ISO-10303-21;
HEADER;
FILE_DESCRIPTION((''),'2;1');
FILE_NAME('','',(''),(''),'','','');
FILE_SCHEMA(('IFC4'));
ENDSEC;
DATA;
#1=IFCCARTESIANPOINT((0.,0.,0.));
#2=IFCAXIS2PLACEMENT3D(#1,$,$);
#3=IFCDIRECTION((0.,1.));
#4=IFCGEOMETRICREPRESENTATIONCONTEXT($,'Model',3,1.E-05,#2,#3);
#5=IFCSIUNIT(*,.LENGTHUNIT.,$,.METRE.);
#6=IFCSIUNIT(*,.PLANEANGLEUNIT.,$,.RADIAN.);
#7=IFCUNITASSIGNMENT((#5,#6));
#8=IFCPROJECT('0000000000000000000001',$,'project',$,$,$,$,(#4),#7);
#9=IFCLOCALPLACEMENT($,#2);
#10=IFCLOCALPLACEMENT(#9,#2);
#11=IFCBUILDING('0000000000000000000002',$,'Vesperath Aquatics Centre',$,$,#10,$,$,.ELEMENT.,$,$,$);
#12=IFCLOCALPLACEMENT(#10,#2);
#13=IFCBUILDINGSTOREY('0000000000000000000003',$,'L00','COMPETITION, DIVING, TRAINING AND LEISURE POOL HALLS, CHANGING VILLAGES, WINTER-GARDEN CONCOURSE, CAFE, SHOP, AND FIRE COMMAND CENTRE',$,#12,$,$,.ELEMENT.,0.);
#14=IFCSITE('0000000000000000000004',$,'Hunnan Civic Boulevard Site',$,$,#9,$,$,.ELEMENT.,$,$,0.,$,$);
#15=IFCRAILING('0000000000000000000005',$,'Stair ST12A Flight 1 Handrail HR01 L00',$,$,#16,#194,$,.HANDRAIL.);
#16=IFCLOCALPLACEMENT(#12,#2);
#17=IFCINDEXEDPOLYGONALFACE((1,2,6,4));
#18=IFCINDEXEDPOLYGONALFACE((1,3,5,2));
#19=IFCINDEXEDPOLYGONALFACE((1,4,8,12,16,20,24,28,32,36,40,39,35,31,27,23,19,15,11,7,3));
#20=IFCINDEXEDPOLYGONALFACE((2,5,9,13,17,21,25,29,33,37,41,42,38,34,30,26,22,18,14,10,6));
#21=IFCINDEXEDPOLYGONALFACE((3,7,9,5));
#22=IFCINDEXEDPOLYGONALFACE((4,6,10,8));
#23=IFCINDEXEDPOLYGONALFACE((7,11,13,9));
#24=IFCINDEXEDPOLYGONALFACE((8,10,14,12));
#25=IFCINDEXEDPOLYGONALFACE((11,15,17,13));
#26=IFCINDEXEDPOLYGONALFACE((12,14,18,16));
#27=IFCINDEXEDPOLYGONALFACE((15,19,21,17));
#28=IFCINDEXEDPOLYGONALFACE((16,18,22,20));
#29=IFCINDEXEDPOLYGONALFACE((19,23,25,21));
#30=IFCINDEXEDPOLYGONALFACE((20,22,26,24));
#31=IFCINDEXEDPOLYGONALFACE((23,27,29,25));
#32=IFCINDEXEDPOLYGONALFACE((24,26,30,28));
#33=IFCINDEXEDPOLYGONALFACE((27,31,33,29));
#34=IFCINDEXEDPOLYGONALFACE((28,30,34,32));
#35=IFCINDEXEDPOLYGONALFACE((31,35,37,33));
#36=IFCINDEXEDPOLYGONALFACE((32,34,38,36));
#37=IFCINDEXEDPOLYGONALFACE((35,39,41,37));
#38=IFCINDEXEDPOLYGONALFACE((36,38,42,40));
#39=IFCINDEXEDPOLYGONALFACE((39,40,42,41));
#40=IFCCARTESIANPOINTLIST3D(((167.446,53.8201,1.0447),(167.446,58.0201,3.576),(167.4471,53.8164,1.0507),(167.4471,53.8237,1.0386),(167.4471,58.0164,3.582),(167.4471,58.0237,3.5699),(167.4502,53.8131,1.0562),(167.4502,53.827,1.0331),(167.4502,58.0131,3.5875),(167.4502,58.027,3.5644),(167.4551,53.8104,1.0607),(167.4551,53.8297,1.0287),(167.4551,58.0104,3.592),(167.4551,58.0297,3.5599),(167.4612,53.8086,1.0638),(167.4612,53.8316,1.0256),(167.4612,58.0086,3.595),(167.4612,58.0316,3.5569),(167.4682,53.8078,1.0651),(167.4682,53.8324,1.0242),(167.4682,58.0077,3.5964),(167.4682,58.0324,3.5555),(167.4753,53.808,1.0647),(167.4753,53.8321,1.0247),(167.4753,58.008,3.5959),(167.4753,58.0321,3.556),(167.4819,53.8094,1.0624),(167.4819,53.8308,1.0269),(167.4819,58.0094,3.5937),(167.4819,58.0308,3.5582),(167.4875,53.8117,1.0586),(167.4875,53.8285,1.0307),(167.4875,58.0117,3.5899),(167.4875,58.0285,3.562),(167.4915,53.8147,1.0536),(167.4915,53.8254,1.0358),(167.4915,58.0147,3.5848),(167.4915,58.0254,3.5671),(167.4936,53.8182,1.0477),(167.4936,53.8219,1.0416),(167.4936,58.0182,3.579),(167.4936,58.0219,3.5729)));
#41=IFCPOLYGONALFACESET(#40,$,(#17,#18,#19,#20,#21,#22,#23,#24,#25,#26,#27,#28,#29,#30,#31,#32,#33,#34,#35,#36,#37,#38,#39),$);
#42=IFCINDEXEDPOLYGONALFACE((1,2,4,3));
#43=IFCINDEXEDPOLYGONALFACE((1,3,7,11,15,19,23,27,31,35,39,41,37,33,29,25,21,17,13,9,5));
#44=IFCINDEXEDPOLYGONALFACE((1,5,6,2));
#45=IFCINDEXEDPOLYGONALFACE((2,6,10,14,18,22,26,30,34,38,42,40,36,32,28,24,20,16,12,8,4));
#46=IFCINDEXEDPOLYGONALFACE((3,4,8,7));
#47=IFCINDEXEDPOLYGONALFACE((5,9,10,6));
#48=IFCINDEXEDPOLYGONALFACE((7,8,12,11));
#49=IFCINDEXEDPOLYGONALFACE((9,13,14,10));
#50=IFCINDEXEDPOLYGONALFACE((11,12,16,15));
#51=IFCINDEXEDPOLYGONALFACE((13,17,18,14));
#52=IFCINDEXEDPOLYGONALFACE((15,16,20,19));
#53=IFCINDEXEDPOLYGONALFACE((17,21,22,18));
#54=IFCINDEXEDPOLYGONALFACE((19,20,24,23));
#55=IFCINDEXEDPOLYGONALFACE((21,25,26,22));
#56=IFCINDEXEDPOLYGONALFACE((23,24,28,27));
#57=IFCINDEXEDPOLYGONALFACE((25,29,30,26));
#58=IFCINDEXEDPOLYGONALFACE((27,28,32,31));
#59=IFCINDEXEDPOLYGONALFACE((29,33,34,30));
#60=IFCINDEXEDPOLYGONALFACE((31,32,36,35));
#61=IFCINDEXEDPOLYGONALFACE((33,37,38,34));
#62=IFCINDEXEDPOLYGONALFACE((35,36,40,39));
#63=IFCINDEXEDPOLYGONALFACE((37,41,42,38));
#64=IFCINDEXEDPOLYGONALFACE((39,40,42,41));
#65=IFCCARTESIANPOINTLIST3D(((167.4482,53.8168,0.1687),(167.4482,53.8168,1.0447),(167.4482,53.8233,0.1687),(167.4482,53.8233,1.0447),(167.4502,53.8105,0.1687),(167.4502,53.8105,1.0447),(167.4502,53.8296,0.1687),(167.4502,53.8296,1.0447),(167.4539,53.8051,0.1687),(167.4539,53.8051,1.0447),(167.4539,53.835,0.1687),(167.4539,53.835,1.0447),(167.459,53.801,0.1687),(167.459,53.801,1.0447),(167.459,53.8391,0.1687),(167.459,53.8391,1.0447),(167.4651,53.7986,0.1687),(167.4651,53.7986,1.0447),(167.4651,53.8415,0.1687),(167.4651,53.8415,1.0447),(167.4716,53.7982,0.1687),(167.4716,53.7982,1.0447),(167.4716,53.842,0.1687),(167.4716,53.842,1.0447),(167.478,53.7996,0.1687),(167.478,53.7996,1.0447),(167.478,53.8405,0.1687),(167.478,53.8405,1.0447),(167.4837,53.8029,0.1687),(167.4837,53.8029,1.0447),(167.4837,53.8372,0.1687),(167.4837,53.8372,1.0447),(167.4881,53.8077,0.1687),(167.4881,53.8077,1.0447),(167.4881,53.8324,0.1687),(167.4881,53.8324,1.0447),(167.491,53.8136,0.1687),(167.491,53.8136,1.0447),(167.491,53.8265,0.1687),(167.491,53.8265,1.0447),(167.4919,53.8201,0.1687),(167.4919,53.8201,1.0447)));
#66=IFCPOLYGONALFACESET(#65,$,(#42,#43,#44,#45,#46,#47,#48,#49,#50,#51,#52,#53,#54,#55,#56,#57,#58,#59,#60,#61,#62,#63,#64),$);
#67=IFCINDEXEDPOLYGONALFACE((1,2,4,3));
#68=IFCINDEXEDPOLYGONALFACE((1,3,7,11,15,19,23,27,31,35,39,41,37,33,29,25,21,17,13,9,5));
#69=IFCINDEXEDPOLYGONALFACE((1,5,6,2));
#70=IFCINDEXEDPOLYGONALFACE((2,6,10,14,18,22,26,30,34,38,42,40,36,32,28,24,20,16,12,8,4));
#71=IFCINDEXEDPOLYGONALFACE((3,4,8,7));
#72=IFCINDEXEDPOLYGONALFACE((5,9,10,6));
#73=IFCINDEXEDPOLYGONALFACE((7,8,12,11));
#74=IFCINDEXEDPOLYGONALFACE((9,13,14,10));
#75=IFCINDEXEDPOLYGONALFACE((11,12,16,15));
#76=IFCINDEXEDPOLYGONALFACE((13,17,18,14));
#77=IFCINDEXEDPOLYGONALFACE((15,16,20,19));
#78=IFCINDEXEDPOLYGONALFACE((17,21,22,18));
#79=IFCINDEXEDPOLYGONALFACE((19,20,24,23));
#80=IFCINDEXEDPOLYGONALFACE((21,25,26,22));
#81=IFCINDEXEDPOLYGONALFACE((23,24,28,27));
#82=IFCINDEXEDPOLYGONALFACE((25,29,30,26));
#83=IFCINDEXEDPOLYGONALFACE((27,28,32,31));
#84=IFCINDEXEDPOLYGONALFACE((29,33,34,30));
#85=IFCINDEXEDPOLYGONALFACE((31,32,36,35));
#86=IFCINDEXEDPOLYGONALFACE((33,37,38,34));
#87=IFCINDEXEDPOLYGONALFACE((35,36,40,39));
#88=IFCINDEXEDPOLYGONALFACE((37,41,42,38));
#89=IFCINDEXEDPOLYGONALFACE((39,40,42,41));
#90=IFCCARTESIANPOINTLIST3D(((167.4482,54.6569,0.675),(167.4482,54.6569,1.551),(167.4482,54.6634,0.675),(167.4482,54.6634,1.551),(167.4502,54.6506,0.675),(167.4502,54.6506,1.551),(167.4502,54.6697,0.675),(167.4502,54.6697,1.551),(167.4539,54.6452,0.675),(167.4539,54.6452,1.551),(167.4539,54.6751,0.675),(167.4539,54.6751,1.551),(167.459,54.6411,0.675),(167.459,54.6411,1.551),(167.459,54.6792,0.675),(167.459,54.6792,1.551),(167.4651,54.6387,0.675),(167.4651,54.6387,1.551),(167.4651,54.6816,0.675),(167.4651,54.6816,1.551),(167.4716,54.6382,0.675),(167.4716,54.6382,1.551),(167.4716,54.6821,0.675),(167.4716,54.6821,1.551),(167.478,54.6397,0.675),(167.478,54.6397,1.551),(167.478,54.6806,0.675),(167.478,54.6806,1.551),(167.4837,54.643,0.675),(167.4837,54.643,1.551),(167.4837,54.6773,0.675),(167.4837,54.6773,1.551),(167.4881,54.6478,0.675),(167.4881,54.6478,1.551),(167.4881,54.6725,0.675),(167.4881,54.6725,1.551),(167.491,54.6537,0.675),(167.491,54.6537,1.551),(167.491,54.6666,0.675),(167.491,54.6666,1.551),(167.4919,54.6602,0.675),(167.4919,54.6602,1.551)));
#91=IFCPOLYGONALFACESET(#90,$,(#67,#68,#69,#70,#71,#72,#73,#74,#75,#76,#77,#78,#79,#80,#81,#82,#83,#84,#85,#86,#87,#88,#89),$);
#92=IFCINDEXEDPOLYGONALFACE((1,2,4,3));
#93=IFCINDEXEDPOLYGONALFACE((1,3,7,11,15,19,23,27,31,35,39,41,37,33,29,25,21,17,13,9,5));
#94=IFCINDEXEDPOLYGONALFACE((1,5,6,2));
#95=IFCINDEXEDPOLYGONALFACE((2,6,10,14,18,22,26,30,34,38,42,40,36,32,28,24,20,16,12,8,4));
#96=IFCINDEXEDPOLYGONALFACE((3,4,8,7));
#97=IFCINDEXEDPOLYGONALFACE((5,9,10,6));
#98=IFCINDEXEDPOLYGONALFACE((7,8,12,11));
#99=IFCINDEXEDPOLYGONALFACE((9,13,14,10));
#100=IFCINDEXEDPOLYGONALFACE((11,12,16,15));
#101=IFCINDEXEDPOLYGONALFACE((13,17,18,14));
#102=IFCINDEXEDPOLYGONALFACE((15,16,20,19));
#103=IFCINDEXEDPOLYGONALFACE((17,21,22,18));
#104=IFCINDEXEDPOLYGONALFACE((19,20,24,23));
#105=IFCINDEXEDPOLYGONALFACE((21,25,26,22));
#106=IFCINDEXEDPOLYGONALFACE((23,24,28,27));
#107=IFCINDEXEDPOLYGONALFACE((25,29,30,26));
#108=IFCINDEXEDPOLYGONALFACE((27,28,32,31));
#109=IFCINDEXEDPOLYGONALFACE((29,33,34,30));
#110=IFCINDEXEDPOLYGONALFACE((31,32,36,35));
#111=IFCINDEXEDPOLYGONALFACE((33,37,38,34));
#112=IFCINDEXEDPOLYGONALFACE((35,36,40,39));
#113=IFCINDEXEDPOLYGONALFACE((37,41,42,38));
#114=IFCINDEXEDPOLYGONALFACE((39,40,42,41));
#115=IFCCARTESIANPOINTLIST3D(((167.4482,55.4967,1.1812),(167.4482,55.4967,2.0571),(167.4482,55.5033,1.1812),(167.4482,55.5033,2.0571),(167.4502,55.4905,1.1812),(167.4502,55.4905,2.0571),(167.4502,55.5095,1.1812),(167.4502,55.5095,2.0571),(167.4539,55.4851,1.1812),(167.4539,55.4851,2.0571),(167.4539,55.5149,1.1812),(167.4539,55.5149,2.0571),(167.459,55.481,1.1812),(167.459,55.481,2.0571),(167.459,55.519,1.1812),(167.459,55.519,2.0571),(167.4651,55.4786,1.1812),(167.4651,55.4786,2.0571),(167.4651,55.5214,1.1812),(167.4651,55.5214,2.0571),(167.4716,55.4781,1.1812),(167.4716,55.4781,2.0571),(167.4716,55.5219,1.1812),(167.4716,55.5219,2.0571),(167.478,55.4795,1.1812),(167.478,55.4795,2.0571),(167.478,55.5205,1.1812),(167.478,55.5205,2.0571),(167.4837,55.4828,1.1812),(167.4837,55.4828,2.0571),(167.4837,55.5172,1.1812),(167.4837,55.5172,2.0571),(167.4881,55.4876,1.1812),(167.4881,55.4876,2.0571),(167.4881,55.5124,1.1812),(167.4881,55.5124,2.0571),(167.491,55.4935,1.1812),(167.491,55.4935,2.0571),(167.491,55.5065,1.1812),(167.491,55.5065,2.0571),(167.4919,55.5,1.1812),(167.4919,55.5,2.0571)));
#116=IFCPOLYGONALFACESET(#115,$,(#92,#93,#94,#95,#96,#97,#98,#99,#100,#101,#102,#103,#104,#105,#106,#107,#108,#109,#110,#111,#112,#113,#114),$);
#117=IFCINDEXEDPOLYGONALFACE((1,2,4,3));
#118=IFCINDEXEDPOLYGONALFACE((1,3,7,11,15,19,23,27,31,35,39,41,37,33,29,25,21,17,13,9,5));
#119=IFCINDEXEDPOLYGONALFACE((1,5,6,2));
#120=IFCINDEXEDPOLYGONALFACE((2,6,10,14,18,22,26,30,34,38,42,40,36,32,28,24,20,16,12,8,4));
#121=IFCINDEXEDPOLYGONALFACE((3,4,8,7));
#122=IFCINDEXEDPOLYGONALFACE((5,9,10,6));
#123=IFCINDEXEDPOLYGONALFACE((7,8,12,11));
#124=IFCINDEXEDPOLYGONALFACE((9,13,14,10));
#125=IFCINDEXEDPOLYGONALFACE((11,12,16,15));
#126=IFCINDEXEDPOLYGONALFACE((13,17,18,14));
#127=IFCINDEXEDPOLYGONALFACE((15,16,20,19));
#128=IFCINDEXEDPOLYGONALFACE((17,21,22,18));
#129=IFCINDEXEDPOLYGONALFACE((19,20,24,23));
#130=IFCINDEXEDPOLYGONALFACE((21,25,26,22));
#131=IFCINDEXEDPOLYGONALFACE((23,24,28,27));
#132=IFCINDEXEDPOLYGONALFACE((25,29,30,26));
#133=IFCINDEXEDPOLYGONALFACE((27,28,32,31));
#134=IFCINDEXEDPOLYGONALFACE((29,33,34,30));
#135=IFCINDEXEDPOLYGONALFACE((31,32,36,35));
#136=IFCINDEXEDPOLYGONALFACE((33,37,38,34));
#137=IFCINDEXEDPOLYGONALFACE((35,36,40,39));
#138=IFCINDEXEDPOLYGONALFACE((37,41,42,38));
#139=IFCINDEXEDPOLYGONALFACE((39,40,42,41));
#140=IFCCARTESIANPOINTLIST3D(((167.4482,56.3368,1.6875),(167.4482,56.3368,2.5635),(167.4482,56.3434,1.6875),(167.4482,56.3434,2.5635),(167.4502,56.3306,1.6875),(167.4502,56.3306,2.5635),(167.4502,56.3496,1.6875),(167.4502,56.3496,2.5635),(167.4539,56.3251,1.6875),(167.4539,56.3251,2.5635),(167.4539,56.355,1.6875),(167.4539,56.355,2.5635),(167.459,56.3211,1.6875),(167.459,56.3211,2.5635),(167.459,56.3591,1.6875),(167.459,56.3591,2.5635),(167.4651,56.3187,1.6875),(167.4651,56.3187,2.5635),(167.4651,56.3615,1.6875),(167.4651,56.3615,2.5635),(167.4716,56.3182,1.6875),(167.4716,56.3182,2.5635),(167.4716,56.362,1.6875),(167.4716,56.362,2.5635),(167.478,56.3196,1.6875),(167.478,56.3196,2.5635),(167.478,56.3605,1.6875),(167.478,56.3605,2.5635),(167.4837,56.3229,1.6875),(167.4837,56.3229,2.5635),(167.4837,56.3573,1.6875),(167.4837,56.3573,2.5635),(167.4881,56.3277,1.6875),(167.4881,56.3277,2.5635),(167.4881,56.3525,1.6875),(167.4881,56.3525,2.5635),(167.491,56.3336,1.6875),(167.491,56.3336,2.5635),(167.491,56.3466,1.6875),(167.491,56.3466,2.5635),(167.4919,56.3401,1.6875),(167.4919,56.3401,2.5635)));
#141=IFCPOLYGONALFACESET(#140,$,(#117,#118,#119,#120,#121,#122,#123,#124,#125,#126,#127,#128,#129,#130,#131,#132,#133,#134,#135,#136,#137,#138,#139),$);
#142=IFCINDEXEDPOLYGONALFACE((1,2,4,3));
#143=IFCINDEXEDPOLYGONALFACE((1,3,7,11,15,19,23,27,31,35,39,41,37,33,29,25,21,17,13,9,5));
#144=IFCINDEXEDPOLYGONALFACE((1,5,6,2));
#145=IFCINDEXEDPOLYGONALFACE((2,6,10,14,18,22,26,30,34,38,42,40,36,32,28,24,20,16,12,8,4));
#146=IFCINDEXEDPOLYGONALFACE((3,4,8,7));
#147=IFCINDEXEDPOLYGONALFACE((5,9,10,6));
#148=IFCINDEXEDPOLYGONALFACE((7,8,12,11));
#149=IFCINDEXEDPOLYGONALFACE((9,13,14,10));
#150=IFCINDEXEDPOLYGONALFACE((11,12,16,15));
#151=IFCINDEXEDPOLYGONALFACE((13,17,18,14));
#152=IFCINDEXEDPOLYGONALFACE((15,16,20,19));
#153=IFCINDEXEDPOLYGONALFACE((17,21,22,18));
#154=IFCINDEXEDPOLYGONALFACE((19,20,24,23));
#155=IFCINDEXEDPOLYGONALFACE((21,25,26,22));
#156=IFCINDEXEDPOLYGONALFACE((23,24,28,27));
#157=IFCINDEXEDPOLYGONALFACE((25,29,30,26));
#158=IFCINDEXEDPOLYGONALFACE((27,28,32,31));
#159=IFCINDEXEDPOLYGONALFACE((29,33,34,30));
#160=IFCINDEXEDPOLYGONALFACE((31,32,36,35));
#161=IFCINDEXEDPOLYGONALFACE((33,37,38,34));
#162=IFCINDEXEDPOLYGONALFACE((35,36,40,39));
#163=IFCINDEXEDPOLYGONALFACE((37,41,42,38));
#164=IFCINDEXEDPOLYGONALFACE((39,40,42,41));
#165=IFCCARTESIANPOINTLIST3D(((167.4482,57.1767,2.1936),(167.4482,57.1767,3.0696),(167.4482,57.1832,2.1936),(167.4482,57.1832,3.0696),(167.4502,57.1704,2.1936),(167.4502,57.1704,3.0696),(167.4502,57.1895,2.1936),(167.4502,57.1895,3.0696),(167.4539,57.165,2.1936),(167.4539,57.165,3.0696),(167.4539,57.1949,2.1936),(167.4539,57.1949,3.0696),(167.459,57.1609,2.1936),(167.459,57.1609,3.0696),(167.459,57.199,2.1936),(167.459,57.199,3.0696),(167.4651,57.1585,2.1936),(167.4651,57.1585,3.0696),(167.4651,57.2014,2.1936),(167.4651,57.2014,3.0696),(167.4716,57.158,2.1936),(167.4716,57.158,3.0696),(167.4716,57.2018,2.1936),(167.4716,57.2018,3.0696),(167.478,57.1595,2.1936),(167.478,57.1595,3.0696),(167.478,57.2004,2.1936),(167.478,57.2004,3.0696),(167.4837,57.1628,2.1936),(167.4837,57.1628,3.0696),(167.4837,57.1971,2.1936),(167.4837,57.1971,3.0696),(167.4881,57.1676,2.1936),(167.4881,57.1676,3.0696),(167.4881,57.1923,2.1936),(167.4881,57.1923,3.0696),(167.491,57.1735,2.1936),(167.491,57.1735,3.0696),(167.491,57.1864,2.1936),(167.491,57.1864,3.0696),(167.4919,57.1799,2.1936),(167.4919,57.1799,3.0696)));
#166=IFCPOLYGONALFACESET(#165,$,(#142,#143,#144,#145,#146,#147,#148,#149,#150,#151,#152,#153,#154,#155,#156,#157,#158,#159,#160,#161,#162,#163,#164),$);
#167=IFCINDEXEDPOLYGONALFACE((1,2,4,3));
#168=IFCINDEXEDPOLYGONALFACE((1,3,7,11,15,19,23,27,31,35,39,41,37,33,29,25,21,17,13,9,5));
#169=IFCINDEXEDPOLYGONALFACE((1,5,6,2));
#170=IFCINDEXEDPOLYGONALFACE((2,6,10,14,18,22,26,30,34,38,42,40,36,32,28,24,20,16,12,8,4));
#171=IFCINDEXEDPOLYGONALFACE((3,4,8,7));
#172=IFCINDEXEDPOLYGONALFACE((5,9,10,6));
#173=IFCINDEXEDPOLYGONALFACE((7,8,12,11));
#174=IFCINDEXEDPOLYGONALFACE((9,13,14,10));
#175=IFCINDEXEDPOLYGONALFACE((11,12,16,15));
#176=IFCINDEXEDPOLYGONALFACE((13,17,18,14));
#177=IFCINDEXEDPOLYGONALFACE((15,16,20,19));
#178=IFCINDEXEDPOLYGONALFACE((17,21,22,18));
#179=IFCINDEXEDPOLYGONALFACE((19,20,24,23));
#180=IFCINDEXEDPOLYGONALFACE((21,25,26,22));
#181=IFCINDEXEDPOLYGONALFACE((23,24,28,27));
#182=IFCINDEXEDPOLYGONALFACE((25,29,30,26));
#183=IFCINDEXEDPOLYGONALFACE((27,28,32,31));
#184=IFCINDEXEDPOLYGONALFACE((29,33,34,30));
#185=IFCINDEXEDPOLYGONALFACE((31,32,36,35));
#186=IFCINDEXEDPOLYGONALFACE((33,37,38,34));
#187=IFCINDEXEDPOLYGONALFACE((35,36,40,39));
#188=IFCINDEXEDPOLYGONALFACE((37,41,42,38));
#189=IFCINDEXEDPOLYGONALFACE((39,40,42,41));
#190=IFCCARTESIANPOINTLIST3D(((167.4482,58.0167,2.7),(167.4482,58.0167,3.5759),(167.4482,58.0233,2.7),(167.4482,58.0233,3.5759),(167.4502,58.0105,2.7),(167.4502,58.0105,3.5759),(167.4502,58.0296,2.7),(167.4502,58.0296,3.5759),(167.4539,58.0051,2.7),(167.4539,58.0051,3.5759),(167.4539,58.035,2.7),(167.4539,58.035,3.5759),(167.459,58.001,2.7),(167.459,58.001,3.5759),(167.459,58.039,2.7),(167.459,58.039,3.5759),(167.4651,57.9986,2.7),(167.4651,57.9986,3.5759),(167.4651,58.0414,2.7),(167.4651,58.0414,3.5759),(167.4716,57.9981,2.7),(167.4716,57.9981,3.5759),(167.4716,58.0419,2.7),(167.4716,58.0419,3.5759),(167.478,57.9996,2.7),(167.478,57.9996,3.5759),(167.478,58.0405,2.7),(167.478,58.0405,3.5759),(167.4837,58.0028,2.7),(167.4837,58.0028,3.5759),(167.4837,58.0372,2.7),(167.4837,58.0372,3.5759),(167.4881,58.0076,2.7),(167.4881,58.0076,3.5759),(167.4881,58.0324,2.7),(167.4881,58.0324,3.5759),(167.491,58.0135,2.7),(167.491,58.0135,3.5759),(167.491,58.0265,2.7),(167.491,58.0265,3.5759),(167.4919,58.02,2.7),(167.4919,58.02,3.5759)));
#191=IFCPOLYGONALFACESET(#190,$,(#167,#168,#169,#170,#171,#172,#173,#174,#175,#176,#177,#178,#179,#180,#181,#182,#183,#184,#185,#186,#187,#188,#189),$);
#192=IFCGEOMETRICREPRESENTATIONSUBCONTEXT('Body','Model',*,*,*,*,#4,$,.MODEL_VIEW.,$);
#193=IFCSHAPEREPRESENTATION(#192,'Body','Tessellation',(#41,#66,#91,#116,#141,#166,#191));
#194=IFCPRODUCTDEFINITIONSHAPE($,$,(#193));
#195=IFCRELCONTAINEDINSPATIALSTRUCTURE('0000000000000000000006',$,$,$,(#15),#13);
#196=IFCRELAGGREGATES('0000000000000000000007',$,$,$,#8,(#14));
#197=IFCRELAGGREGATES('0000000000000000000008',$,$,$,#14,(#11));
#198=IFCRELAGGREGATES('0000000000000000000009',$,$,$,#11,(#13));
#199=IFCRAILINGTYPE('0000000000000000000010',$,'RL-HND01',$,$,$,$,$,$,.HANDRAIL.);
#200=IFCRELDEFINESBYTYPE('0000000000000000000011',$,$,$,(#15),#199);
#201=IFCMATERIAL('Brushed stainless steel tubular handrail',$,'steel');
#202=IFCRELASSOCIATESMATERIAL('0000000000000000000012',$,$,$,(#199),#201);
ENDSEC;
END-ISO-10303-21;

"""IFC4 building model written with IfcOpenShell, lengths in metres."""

from ifc_helpers import new_model, si_unit, direction, frame, origin, origin_2d, place, context, subcontext, project, spatial, circle, extrude, material, type_object, element, save


model = new_model("IFC4")

# Units and contexts
model_context = context("Model", 3, precision=1e-05, world=origin(), true_north=direction((0.0, 1.0)))
body_context = subcontext(model_context, "Body", "Model", "MODEL_VIEW")
ifc_project = project(units=[si_unit("LENGTHUNIT", "METRE"), si_unit("PLANEANGLEUNIT", "RADIAN")], contexts=[model_context])

# Site, building, storey
site_placement = place(None, origin())
site = spatial("IfcSite", under=ifc_project, at=site_placement, Name="Hunnan Civic Boulevard Site", CompositionType="ELEMENT", RefElevation=0.0)
building_placement = place(site_placement, origin())
building = spatial("IfcBuilding", under=site, at=building_placement, Name="Vesperath Aquatics Centre", CompositionType="ELEMENT")
storey_placement = place(building_placement, origin())
storey = spatial("IfcBuildingStorey", under=building, at=storey_placement, Name="L00", Description="COMPETITION, DIVING, TRAINING AND LEISURE POOL HALLS, CHANGING VILLAGES, WINTER-GARDEN CONCOURSE, CAFE, SHOP, AND FIRE COMMAND CENTRE", CompositionType="ELEMENT", Elevation=0.0)

# Railing
ifc_material_1 = material(Name="Brushed stainless steel tubular handrail", Category="steel")
railing_type_1 = type_object("IfcRailingType", Name="RL-HND01", PredefinedType="HANDRAIL", material=ifc_material_1)
railing_1_placement = place(storey_placement, frame((167.47, 53.8201, 0.1687)))
element("IfcRailing", 1, at=railing_1_placement, inside=storey, type_object=railing_type_1, Name="Stair ST12A Flight 1 Handrail HR01 L00", PredefinedType="HANDRAIL", context=body_context, shape_type="SweptSolid", body=[
    extrude(circle(Radius=0.0239, at=origin_2d()), frame((0.0, 0.0, 0.876), z_axis=(0.0, 0.856476, 0.516186), x_axis=(-1.0, 0.0, 0.0)), (0.0, 0.0, 1.0), 4.9038),
    extrude(circle(Radius=0.022, at=origin_2d()), origin(), (0.0, 0.0, 1.0), 0.876),
    extrude(circle(Radius=0.022, at=origin_2d()), frame((0.0, 0.8401, 0.5063)), (0.0, 0.0, 1.0), 0.876),
    extrude(circle(Radius=0.022, at=origin_2d()), frame((0.0, 1.6799, 1.0125)), (0.0, 0.0, 1.0), 0.876),
    extrude(circle(Radius=0.022, at=origin_2d()), frame((0.0, 2.52, 1.5188)), (0.0, 0.0, 1.0), 0.876),
    extrude(circle(Radius=0.022, at=origin_2d()), frame((0.0, 3.3599, 2.0249)), (0.0, 0.0, 1.0), 0.876),
    extrude(circle(Radius=0.022, at=origin_2d()), frame((0.0, 4.2, 2.5312)), (0.0, 0.0, 1.0), 0.876),
])

save(model, "model.ifc")
